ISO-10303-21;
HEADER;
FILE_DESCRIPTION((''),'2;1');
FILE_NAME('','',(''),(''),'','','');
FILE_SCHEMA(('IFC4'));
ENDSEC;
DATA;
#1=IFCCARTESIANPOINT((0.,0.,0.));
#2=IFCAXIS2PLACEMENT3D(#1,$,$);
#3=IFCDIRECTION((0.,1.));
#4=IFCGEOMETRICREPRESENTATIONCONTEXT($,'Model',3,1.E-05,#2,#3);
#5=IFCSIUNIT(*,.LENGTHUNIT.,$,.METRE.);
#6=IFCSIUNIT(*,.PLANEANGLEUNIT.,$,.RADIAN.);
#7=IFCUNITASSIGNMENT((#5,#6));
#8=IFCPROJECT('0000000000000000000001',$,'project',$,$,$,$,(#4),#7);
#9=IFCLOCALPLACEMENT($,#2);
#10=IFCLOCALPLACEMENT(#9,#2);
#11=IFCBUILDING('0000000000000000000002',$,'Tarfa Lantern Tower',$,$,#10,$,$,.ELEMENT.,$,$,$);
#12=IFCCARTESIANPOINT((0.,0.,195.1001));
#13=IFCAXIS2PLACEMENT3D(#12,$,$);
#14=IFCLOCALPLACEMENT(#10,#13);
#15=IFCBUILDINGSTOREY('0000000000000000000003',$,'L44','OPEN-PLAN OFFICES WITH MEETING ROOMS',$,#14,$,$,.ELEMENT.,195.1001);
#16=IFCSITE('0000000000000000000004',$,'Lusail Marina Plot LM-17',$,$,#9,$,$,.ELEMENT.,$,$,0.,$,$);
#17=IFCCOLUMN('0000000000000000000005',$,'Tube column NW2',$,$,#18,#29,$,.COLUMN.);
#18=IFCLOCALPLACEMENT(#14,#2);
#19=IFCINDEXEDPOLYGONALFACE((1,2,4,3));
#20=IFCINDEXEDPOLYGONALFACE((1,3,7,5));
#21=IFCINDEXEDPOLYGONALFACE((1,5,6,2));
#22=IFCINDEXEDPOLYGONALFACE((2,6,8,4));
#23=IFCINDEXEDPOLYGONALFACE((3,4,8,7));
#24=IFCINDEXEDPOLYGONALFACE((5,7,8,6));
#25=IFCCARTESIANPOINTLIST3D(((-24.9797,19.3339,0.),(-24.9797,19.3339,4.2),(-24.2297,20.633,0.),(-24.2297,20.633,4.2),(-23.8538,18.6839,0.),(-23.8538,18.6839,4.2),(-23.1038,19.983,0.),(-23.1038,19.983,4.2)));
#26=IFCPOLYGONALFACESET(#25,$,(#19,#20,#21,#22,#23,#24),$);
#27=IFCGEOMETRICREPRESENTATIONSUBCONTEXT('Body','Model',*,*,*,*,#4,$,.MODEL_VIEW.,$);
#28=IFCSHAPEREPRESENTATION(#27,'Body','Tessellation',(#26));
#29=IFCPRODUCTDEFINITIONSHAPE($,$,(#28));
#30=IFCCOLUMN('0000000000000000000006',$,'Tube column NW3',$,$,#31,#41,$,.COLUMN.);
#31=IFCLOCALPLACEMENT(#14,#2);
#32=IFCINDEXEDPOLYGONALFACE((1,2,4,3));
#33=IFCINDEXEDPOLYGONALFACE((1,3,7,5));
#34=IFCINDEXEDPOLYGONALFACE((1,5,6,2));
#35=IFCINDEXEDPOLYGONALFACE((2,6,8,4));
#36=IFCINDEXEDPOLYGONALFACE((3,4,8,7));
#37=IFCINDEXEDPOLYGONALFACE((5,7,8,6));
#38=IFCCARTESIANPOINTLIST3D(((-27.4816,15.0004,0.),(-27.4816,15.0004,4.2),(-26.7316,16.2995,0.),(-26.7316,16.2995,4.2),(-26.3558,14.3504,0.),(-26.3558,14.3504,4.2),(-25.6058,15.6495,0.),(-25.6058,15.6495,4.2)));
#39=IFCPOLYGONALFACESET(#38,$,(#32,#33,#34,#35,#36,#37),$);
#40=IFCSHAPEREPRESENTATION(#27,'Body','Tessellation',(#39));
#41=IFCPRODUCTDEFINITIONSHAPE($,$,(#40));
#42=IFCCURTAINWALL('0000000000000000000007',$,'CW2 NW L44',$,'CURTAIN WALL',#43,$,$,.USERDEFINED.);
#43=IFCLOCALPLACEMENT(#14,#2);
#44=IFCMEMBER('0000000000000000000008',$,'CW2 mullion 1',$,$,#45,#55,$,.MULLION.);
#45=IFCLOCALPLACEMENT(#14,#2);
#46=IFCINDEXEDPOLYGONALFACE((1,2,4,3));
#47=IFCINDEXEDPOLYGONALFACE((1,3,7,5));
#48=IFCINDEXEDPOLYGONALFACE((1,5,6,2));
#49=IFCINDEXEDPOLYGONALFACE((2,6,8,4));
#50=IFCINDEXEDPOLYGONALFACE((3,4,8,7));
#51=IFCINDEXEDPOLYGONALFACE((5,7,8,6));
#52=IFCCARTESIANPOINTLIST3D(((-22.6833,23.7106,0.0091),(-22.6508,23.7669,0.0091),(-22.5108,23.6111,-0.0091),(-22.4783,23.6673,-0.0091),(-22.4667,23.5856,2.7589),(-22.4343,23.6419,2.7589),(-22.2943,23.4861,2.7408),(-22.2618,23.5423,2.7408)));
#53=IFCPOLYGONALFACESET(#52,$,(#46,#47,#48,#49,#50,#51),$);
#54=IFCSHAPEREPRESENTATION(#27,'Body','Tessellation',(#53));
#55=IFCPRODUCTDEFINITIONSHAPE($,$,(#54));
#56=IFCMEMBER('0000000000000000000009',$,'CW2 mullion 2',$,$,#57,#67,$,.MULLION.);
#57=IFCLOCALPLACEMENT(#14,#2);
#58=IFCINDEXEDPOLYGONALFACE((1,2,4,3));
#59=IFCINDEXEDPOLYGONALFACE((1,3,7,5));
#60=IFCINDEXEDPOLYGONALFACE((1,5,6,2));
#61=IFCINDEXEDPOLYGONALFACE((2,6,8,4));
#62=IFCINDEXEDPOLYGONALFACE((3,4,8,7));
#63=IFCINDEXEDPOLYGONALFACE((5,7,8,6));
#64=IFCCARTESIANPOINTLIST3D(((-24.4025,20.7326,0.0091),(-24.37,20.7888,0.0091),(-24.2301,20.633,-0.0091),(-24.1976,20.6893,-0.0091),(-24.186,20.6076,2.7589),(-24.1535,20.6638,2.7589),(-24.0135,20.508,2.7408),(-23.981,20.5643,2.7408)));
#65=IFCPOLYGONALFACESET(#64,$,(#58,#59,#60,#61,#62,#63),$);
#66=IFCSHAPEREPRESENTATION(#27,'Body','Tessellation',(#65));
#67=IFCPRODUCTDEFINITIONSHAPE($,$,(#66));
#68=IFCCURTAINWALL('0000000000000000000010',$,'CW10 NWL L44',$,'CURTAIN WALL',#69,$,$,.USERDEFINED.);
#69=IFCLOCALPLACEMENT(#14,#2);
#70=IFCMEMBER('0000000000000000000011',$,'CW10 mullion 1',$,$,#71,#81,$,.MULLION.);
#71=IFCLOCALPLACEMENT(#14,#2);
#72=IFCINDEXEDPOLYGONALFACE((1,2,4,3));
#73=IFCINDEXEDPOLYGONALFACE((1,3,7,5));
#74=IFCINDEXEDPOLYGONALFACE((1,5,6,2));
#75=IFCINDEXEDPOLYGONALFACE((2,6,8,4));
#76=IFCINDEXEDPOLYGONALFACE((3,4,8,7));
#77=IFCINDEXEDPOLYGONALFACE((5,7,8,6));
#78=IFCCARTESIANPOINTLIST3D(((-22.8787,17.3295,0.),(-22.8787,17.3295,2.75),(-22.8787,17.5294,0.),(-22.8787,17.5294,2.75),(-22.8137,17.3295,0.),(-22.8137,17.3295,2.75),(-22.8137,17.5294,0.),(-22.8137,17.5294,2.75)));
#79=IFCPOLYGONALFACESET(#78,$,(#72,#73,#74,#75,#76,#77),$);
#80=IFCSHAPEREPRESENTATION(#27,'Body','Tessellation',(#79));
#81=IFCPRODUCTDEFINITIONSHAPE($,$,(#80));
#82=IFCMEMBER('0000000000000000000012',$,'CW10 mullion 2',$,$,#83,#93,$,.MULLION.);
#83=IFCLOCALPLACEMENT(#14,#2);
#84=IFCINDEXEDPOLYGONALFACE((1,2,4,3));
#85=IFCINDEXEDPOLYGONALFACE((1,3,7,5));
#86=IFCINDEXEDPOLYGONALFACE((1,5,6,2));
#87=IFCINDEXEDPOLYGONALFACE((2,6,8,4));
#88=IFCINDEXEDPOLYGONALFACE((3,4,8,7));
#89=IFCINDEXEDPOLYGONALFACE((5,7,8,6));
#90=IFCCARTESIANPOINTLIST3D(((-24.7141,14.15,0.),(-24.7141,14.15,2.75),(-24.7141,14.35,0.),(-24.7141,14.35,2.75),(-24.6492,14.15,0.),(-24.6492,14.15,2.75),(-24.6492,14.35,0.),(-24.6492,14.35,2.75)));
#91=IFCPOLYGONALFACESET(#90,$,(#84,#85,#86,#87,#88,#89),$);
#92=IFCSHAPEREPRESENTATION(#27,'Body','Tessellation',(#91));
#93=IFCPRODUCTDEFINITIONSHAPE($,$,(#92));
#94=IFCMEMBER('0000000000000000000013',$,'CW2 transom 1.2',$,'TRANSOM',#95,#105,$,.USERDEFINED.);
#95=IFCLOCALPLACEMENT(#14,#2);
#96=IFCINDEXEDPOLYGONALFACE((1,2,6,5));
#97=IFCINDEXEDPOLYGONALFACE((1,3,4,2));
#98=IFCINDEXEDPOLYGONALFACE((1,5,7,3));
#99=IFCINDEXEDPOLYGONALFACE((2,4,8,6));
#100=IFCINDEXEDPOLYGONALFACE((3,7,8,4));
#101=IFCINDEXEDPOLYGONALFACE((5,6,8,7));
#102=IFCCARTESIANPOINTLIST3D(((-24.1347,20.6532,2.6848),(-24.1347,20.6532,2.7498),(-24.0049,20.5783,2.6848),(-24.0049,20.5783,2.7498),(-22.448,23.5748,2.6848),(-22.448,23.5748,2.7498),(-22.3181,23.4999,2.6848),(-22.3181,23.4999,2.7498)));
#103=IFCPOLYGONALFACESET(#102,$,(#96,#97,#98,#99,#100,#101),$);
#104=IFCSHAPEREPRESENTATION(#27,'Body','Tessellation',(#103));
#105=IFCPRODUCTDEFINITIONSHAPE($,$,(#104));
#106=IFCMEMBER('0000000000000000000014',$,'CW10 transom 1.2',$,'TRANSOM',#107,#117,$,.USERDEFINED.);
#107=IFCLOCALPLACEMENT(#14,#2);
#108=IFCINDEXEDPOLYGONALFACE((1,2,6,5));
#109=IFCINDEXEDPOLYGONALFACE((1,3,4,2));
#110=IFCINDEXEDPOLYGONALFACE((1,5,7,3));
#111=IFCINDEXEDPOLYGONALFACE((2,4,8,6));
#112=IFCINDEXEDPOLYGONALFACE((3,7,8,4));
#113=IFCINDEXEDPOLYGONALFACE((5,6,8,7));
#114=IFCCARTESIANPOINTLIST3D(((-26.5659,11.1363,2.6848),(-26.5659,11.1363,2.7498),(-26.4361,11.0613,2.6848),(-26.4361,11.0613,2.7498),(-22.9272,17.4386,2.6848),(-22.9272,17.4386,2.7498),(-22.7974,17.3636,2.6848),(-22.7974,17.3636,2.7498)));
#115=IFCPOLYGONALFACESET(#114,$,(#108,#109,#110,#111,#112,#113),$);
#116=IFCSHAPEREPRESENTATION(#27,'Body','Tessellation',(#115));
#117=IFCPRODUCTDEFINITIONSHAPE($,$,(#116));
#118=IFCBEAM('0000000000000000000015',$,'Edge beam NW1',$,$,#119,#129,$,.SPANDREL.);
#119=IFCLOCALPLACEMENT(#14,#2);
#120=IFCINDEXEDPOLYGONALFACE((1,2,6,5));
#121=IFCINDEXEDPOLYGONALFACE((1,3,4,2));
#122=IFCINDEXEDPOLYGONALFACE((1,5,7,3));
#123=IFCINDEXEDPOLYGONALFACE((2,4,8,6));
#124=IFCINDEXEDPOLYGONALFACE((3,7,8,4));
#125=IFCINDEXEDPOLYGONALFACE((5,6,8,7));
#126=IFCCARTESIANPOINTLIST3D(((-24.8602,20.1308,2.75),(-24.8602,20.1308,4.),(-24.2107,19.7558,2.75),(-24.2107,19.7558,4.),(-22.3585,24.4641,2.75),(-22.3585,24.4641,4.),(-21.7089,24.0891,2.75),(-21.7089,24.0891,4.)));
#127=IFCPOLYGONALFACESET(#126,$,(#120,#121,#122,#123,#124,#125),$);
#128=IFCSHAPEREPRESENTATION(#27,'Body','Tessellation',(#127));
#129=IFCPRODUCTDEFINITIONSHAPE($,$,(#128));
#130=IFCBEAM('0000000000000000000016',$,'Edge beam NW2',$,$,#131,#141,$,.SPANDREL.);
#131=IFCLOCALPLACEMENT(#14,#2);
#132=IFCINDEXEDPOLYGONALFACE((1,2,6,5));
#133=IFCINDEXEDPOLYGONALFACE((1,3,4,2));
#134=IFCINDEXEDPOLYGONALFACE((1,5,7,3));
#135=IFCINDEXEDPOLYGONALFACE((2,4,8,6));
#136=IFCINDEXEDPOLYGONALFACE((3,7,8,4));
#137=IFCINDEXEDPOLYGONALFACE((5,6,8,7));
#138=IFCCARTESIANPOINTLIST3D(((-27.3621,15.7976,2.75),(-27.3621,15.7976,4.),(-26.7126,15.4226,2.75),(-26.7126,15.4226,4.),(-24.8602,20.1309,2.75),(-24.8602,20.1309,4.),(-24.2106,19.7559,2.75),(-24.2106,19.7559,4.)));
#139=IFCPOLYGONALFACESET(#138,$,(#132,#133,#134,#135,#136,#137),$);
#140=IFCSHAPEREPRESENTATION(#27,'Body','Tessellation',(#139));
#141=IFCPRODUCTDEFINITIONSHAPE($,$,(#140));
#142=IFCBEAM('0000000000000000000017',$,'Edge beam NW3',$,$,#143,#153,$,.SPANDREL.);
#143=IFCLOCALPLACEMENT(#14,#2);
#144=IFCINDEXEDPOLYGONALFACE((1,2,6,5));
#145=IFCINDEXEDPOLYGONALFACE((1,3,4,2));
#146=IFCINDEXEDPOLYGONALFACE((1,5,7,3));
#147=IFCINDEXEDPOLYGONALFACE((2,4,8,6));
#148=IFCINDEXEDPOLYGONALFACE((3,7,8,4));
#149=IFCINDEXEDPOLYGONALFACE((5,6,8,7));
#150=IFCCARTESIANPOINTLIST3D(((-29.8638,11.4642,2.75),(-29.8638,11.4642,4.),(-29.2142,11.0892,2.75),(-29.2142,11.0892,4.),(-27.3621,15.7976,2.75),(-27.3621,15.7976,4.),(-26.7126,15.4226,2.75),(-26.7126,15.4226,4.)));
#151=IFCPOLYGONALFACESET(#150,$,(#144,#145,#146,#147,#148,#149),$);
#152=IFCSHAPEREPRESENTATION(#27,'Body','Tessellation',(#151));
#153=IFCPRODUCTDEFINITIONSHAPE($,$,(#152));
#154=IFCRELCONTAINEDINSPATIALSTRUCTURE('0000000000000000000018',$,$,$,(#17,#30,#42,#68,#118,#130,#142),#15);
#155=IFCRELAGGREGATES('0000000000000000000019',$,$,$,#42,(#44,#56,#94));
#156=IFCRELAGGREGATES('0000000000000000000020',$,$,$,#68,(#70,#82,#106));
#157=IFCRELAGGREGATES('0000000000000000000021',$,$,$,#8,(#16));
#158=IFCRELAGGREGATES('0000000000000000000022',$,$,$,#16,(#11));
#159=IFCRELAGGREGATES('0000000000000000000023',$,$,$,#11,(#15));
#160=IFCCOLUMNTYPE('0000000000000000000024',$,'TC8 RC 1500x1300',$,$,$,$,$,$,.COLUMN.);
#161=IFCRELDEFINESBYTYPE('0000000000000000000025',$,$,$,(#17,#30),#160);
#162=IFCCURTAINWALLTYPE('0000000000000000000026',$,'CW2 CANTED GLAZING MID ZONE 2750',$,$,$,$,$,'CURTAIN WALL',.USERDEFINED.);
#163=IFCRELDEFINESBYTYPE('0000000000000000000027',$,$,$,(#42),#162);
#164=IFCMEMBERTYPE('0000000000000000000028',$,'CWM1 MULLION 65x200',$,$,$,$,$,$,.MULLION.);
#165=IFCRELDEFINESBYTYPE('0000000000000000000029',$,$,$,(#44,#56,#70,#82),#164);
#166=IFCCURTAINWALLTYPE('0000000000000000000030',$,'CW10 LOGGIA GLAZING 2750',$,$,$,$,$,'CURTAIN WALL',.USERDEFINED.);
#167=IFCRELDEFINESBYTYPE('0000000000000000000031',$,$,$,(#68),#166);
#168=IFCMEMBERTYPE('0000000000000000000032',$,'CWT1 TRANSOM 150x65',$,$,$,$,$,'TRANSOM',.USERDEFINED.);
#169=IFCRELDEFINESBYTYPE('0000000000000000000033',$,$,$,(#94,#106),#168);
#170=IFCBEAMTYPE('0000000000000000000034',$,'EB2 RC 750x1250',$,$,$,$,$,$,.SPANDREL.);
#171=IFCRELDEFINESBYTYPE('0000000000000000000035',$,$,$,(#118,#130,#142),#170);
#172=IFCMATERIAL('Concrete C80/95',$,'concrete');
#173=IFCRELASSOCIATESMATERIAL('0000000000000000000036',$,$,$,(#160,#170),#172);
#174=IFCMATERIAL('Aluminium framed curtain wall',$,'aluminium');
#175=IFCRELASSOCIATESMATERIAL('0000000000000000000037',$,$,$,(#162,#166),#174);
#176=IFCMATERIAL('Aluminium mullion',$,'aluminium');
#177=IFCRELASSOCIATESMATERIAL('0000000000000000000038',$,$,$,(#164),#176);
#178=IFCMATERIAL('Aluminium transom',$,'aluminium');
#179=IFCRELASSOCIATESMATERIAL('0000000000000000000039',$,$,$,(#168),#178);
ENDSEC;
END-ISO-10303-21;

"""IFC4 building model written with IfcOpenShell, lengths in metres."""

from ifc_helpers import new_model, si_unit, direction, frame, origin, origin_2d, place, context, subcontext, project, spatial, rectangle, extrude, material, material_profile, profile_set, type_object, element, aggregate, save


model = new_model("IFC4")

# Units and contexts
model_context = context("Model", 3, precision=1e-05, world=origin(), true_north=direction((0.0, 1.0)))
body_context = subcontext(model_context, "Body", "Model", "MODEL_VIEW")
ifc_project = project(units=[si_unit("LENGTHUNIT", "METRE"), si_unit("PLANEANGLEUNIT", "RADIAN")], contexts=[model_context])

# Site, building, storey
site_placement = place(None, origin())
site = spatial("IfcSite", under=ifc_project, at=site_placement, Name="Lusail Marina Plot LM-17", CompositionType="ELEMENT", RefElevation=0.0)
building_placement = place(site_placement, origin())
building = spatial("IfcBuilding", under=site, at=building_placement, Name="Tarfa Lantern Tower", CompositionType="ELEMENT")
storey_placement = place(building_placement, frame((0.0, 0.0, 195.1001)))
storey = spatial("IfcBuildingStorey", under=building, at=storey_placement, Name="L44", Description="OPEN-PLAN OFFICES WITH MEETING ROOMS", CompositionType="ELEMENT", Elevation=195.1001)

# Columns
ifc_material_1 = material(Name="Concrete C80/95", Category="concrete")
ifc_material_profile_1 = material_profile(ifc_material_1, rectangle(XDim=1.5, YDim=1.3, at=origin_2d()), Name="RC 1500x1300")
ifc_profile_set_1 = profile_set([ifc_material_profile_1], Name="Concrete C80/95")
column_type = type_object("IfcColumnType", Name="TC8 RC 1500x1300", PredefinedType="COLUMN", material=ifc_profile_set_1)
for number, where, z_axis, x_axis, name in (
    (1, (-24.0417, 19.6584, 0.0), (0.0, 0.0, 1.0), (-0.5, -0.866025, 0.0), "Tube column NW2"),
    (2, (-26.5437, 15.325, 0.0), (0.0, 0.0, 1.0), (-0.5, -0.866025, 0.0), "Tube column NW3"),
):
    element("IfcColumn", number, at=place(storey_placement, frame(where, z_axis=z_axis, x_axis=x_axis)), inside=storey, type_object=column_type, Name=name, PredefinedType="COLUMN", context=body_context, shape_type="SweptSolid", body=[
        extrude(rectangle(XDim=1.5, YDim=1.3, at=origin_2d()), origin(), (0.0, 0.0, 1.0), 4.2),
    ])

# Curtain walls, members
ifc_material_2 = material(Name="Aluminium framed curtain wall", Category="aluminium")
curtain_wall_type_1 = type_object("IfcCurtainWallType", Name="CW2 CANTED GLAZING MID ZONE 2750", ElementType="CURTAIN WALL", PredefinedType="USERDEFINED", material=ifc_material_2)
curtain_wall_1_placement = place(storey_placement, origin())
curtain_wall_1 = element("IfcCurtainWall", 3, at=curtain_wall_1_placement, inside=storey, type_object=curtain_wall_type_1, Name="CW2 NW L44", ObjectType="CURTAIN WALL", PredefinedType="USERDEFINED")
ifc_material_3 = material(Name="Aluminium mullion", Category="aluminium")
ifc_material_profile_2 = material_profile(ifc_material_3, rectangle(XDim=0.0649, YDim=0.2, at=origin_2d()), Name="AL MULLION 65x200")
ifc_profile_set_2 = profile_set([ifc_material_profile_2], Name="Aluminium mullion")
member_type_1 = type_object("IfcMemberType", Name="CWM1 MULLION 65x200", PredefinedType="MULLION", material=ifc_profile_set_2)
member_1_placement = place(storey_placement, frame((-22.5808, 23.689, 0.0), z_axis=(0.078423, -0.045268, 0.995892), x_axis=(0.49992, 0.866072, 0.0)))
member_1 = element("IfcMember", 4, at=member_1_placement, type_object=member_type_1, Name="CW2 mullion 1", PredefinedType="MULLION", context=body_context, shape_type="SweptSolid", body=[
    extrude(rectangle(XDim=0.0649, YDim=0.2, at=origin_2d()), origin(), (0.0, 0.0, 1.0), 2.7612),
])
member_2_placement = place(storey_placement, frame((-24.3, 20.7109, 0.0), z_axis=(0.078423, -0.045268, 0.995892), x_axis=(0.49992, 0.866072, 0.0)))
member_2 = element("IfcMember", 5, at=member_2_placement, type_object=member_type_1, Name="CW2 mullion 2", PredefinedType="MULLION", context=body_context, shape_type="SweptSolid", body=[
    extrude(rectangle(XDim=0.0649, YDim=0.2, at=origin_2d()), origin(), (0.0, 0.0, 1.0), 2.7612),
])
curtain_wall_type_2 = type_object("IfcCurtainWallType", Name="CW10 LOGGIA GLAZING 2750", ElementType="CURTAIN WALL", PredefinedType="USERDEFINED", material=ifc_material_2)
curtain_wall_2_placement = place(storey_placement, origin())
curtain_wall_2 = element("IfcCurtainWall", 6, at=curtain_wall_2_placement, inside=storey, type_object=curtain_wall_type_2, Name="CW10 NWL L44", ObjectType="CURTAIN WALL", PredefinedType="USERDEFINED")
member_3_placement = place(storey_placement, frame((-22.8462, 17.4294, 0.0), z_axis=(0.0, 0.0, 1.0), x_axis=(1.0, 0.0, 0.0)))
member_3 = element("IfcMember", 7, at=member_3_placement, type_object=member_type_1, Name="CW10 mullion 1", PredefinedType="MULLION", context=body_context, shape_type="SweptSolid", body=[
    extrude(rectangle(XDim=0.0649, YDim=0.2, at=origin_2d()), origin(), (0.0, 0.0, 1.0), 2.75),
])
member_4_placement = place(storey_placement, frame((-24.6816, 14.25, 0.0), z_axis=(0.0, 0.0, 1.0), x_axis=(1.0, 0.0, 0.0)))
member_4 = element("IfcMember", 8, at=member_4_placement, type_object=member_type_1, Name="CW10 mullion 2", PredefinedType="MULLION", context=body_context, shape_type="SweptSolid", body=[
    extrude(rectangle(XDim=0.0649, YDim=0.2, at=origin_2d()), origin(), (0.0, 0.0, 1.0), 2.75),
])

# Members
ifc_material_4 = material(Name="Aluminium transom", Category="aluminium")
ifc_material_profile_3 = material_profile(ifc_material_4, rectangle(XDim=0.1499, YDim=0.0649, at=origin_2d()), Name="AL TRANSOM 150x65")
ifc_profile_set_3 = profile_set([ifc_material_profile_3], Name="Aluminium transom")
member_type_2 = type_object("IfcMemberType", Name="CWT1 TRANSOM 150x65", ElementType="TRANSOM", PredefinedType="USERDEFINED", material=ifc_profile_set_3)
member_5_placement = place(storey_placement, frame((-22.3831, 23.5374, 2.7173), z_axis=(-0.499992, -0.86603, 0.0), x_axis=(0.86603, -0.499992, 0.0)))
member_5 = element("IfcMember", 9, at=member_5_placement, type_object=member_type_2, Name="CW2 transom 1.2", ObjectType="TRANSOM", PredefinedType="USERDEFINED", context=body_context, shape_type="SweptSolid", body=[
    extrude(rectangle(XDim=0.1499, YDim=0.0649, at=origin_2d()), origin(), (0.0, 0.0, 1.0), 3.3735),
])
member_6_placement = place(storey_placement, frame((-22.8623, 17.4011, 2.7173), z_axis=(-0.500007, -0.866021, 0.0), x_axis=(0.866021, -0.500007, 0.0)))
member_6 = element("IfcMember", 10, at=member_6_placement, type_object=member_type_2, Name="CW10 transom 1.2", ObjectType="TRANSOM", PredefinedType="USERDEFINED", context=body_context, shape_type="SweptSolid", body=[
    extrude(rectangle(XDim=0.1499, YDim=0.0649, at=origin_2d()), origin(), (0.0, 0.0, 1.0), 7.2773),
])

# Beams
ifc_material_profile_4 = material_profile(ifc_material_1, rectangle(XDim=0.75, YDim=1.25, at=origin_2d()), Name="RC 750x1250")
ifc_profile_set_4 = profile_set([ifc_material_profile_4], Name="Concrete C80/95")
beam_type_1 = type_object("IfcBeamType", Name="EB2 RC 750x1250", PredefinedType="SPANDREL", material=ifc_profile_set_4)
for number, where, z_axis, x_axis, name in (
    (11, (-22.0337, 24.2766, 3.375), (-0.499986, -0.866034, 0.0), (0.866034, -0.499986, 0.0), "Edge beam NW1"),
    (12, (-24.5354, 19.9434, 3.375), (-0.500022, -0.866013, 0.0), (0.866013, -0.500022, 0.0), "Edge beam NW2"),
    (13, (-27.0374, 15.6101, 3.375), (-0.499965, -0.866046, 0.0), (0.866046, -0.499965, 0.0), "Edge beam NW3"),
):
    element("IfcBeam", number, at=place(storey_placement, frame(where, z_axis=z_axis, x_axis=x_axis)), inside=storey, type_object=beam_type_1, Name=name, PredefinedType="SPANDREL", context=body_context, shape_type="SweptSolid", body=[
        extrude(rectangle(XDim=0.75, YDim=1.25, at=origin_2d()), origin(), (0.0, 0.0, 1.0), 5.0037),
    ])

aggregate(curtain_wall_1, [member_1, member_2, member_5])
aggregate(curtain_wall_2, [member_3, member_4, member_6])

save(model, "model.ifc")
